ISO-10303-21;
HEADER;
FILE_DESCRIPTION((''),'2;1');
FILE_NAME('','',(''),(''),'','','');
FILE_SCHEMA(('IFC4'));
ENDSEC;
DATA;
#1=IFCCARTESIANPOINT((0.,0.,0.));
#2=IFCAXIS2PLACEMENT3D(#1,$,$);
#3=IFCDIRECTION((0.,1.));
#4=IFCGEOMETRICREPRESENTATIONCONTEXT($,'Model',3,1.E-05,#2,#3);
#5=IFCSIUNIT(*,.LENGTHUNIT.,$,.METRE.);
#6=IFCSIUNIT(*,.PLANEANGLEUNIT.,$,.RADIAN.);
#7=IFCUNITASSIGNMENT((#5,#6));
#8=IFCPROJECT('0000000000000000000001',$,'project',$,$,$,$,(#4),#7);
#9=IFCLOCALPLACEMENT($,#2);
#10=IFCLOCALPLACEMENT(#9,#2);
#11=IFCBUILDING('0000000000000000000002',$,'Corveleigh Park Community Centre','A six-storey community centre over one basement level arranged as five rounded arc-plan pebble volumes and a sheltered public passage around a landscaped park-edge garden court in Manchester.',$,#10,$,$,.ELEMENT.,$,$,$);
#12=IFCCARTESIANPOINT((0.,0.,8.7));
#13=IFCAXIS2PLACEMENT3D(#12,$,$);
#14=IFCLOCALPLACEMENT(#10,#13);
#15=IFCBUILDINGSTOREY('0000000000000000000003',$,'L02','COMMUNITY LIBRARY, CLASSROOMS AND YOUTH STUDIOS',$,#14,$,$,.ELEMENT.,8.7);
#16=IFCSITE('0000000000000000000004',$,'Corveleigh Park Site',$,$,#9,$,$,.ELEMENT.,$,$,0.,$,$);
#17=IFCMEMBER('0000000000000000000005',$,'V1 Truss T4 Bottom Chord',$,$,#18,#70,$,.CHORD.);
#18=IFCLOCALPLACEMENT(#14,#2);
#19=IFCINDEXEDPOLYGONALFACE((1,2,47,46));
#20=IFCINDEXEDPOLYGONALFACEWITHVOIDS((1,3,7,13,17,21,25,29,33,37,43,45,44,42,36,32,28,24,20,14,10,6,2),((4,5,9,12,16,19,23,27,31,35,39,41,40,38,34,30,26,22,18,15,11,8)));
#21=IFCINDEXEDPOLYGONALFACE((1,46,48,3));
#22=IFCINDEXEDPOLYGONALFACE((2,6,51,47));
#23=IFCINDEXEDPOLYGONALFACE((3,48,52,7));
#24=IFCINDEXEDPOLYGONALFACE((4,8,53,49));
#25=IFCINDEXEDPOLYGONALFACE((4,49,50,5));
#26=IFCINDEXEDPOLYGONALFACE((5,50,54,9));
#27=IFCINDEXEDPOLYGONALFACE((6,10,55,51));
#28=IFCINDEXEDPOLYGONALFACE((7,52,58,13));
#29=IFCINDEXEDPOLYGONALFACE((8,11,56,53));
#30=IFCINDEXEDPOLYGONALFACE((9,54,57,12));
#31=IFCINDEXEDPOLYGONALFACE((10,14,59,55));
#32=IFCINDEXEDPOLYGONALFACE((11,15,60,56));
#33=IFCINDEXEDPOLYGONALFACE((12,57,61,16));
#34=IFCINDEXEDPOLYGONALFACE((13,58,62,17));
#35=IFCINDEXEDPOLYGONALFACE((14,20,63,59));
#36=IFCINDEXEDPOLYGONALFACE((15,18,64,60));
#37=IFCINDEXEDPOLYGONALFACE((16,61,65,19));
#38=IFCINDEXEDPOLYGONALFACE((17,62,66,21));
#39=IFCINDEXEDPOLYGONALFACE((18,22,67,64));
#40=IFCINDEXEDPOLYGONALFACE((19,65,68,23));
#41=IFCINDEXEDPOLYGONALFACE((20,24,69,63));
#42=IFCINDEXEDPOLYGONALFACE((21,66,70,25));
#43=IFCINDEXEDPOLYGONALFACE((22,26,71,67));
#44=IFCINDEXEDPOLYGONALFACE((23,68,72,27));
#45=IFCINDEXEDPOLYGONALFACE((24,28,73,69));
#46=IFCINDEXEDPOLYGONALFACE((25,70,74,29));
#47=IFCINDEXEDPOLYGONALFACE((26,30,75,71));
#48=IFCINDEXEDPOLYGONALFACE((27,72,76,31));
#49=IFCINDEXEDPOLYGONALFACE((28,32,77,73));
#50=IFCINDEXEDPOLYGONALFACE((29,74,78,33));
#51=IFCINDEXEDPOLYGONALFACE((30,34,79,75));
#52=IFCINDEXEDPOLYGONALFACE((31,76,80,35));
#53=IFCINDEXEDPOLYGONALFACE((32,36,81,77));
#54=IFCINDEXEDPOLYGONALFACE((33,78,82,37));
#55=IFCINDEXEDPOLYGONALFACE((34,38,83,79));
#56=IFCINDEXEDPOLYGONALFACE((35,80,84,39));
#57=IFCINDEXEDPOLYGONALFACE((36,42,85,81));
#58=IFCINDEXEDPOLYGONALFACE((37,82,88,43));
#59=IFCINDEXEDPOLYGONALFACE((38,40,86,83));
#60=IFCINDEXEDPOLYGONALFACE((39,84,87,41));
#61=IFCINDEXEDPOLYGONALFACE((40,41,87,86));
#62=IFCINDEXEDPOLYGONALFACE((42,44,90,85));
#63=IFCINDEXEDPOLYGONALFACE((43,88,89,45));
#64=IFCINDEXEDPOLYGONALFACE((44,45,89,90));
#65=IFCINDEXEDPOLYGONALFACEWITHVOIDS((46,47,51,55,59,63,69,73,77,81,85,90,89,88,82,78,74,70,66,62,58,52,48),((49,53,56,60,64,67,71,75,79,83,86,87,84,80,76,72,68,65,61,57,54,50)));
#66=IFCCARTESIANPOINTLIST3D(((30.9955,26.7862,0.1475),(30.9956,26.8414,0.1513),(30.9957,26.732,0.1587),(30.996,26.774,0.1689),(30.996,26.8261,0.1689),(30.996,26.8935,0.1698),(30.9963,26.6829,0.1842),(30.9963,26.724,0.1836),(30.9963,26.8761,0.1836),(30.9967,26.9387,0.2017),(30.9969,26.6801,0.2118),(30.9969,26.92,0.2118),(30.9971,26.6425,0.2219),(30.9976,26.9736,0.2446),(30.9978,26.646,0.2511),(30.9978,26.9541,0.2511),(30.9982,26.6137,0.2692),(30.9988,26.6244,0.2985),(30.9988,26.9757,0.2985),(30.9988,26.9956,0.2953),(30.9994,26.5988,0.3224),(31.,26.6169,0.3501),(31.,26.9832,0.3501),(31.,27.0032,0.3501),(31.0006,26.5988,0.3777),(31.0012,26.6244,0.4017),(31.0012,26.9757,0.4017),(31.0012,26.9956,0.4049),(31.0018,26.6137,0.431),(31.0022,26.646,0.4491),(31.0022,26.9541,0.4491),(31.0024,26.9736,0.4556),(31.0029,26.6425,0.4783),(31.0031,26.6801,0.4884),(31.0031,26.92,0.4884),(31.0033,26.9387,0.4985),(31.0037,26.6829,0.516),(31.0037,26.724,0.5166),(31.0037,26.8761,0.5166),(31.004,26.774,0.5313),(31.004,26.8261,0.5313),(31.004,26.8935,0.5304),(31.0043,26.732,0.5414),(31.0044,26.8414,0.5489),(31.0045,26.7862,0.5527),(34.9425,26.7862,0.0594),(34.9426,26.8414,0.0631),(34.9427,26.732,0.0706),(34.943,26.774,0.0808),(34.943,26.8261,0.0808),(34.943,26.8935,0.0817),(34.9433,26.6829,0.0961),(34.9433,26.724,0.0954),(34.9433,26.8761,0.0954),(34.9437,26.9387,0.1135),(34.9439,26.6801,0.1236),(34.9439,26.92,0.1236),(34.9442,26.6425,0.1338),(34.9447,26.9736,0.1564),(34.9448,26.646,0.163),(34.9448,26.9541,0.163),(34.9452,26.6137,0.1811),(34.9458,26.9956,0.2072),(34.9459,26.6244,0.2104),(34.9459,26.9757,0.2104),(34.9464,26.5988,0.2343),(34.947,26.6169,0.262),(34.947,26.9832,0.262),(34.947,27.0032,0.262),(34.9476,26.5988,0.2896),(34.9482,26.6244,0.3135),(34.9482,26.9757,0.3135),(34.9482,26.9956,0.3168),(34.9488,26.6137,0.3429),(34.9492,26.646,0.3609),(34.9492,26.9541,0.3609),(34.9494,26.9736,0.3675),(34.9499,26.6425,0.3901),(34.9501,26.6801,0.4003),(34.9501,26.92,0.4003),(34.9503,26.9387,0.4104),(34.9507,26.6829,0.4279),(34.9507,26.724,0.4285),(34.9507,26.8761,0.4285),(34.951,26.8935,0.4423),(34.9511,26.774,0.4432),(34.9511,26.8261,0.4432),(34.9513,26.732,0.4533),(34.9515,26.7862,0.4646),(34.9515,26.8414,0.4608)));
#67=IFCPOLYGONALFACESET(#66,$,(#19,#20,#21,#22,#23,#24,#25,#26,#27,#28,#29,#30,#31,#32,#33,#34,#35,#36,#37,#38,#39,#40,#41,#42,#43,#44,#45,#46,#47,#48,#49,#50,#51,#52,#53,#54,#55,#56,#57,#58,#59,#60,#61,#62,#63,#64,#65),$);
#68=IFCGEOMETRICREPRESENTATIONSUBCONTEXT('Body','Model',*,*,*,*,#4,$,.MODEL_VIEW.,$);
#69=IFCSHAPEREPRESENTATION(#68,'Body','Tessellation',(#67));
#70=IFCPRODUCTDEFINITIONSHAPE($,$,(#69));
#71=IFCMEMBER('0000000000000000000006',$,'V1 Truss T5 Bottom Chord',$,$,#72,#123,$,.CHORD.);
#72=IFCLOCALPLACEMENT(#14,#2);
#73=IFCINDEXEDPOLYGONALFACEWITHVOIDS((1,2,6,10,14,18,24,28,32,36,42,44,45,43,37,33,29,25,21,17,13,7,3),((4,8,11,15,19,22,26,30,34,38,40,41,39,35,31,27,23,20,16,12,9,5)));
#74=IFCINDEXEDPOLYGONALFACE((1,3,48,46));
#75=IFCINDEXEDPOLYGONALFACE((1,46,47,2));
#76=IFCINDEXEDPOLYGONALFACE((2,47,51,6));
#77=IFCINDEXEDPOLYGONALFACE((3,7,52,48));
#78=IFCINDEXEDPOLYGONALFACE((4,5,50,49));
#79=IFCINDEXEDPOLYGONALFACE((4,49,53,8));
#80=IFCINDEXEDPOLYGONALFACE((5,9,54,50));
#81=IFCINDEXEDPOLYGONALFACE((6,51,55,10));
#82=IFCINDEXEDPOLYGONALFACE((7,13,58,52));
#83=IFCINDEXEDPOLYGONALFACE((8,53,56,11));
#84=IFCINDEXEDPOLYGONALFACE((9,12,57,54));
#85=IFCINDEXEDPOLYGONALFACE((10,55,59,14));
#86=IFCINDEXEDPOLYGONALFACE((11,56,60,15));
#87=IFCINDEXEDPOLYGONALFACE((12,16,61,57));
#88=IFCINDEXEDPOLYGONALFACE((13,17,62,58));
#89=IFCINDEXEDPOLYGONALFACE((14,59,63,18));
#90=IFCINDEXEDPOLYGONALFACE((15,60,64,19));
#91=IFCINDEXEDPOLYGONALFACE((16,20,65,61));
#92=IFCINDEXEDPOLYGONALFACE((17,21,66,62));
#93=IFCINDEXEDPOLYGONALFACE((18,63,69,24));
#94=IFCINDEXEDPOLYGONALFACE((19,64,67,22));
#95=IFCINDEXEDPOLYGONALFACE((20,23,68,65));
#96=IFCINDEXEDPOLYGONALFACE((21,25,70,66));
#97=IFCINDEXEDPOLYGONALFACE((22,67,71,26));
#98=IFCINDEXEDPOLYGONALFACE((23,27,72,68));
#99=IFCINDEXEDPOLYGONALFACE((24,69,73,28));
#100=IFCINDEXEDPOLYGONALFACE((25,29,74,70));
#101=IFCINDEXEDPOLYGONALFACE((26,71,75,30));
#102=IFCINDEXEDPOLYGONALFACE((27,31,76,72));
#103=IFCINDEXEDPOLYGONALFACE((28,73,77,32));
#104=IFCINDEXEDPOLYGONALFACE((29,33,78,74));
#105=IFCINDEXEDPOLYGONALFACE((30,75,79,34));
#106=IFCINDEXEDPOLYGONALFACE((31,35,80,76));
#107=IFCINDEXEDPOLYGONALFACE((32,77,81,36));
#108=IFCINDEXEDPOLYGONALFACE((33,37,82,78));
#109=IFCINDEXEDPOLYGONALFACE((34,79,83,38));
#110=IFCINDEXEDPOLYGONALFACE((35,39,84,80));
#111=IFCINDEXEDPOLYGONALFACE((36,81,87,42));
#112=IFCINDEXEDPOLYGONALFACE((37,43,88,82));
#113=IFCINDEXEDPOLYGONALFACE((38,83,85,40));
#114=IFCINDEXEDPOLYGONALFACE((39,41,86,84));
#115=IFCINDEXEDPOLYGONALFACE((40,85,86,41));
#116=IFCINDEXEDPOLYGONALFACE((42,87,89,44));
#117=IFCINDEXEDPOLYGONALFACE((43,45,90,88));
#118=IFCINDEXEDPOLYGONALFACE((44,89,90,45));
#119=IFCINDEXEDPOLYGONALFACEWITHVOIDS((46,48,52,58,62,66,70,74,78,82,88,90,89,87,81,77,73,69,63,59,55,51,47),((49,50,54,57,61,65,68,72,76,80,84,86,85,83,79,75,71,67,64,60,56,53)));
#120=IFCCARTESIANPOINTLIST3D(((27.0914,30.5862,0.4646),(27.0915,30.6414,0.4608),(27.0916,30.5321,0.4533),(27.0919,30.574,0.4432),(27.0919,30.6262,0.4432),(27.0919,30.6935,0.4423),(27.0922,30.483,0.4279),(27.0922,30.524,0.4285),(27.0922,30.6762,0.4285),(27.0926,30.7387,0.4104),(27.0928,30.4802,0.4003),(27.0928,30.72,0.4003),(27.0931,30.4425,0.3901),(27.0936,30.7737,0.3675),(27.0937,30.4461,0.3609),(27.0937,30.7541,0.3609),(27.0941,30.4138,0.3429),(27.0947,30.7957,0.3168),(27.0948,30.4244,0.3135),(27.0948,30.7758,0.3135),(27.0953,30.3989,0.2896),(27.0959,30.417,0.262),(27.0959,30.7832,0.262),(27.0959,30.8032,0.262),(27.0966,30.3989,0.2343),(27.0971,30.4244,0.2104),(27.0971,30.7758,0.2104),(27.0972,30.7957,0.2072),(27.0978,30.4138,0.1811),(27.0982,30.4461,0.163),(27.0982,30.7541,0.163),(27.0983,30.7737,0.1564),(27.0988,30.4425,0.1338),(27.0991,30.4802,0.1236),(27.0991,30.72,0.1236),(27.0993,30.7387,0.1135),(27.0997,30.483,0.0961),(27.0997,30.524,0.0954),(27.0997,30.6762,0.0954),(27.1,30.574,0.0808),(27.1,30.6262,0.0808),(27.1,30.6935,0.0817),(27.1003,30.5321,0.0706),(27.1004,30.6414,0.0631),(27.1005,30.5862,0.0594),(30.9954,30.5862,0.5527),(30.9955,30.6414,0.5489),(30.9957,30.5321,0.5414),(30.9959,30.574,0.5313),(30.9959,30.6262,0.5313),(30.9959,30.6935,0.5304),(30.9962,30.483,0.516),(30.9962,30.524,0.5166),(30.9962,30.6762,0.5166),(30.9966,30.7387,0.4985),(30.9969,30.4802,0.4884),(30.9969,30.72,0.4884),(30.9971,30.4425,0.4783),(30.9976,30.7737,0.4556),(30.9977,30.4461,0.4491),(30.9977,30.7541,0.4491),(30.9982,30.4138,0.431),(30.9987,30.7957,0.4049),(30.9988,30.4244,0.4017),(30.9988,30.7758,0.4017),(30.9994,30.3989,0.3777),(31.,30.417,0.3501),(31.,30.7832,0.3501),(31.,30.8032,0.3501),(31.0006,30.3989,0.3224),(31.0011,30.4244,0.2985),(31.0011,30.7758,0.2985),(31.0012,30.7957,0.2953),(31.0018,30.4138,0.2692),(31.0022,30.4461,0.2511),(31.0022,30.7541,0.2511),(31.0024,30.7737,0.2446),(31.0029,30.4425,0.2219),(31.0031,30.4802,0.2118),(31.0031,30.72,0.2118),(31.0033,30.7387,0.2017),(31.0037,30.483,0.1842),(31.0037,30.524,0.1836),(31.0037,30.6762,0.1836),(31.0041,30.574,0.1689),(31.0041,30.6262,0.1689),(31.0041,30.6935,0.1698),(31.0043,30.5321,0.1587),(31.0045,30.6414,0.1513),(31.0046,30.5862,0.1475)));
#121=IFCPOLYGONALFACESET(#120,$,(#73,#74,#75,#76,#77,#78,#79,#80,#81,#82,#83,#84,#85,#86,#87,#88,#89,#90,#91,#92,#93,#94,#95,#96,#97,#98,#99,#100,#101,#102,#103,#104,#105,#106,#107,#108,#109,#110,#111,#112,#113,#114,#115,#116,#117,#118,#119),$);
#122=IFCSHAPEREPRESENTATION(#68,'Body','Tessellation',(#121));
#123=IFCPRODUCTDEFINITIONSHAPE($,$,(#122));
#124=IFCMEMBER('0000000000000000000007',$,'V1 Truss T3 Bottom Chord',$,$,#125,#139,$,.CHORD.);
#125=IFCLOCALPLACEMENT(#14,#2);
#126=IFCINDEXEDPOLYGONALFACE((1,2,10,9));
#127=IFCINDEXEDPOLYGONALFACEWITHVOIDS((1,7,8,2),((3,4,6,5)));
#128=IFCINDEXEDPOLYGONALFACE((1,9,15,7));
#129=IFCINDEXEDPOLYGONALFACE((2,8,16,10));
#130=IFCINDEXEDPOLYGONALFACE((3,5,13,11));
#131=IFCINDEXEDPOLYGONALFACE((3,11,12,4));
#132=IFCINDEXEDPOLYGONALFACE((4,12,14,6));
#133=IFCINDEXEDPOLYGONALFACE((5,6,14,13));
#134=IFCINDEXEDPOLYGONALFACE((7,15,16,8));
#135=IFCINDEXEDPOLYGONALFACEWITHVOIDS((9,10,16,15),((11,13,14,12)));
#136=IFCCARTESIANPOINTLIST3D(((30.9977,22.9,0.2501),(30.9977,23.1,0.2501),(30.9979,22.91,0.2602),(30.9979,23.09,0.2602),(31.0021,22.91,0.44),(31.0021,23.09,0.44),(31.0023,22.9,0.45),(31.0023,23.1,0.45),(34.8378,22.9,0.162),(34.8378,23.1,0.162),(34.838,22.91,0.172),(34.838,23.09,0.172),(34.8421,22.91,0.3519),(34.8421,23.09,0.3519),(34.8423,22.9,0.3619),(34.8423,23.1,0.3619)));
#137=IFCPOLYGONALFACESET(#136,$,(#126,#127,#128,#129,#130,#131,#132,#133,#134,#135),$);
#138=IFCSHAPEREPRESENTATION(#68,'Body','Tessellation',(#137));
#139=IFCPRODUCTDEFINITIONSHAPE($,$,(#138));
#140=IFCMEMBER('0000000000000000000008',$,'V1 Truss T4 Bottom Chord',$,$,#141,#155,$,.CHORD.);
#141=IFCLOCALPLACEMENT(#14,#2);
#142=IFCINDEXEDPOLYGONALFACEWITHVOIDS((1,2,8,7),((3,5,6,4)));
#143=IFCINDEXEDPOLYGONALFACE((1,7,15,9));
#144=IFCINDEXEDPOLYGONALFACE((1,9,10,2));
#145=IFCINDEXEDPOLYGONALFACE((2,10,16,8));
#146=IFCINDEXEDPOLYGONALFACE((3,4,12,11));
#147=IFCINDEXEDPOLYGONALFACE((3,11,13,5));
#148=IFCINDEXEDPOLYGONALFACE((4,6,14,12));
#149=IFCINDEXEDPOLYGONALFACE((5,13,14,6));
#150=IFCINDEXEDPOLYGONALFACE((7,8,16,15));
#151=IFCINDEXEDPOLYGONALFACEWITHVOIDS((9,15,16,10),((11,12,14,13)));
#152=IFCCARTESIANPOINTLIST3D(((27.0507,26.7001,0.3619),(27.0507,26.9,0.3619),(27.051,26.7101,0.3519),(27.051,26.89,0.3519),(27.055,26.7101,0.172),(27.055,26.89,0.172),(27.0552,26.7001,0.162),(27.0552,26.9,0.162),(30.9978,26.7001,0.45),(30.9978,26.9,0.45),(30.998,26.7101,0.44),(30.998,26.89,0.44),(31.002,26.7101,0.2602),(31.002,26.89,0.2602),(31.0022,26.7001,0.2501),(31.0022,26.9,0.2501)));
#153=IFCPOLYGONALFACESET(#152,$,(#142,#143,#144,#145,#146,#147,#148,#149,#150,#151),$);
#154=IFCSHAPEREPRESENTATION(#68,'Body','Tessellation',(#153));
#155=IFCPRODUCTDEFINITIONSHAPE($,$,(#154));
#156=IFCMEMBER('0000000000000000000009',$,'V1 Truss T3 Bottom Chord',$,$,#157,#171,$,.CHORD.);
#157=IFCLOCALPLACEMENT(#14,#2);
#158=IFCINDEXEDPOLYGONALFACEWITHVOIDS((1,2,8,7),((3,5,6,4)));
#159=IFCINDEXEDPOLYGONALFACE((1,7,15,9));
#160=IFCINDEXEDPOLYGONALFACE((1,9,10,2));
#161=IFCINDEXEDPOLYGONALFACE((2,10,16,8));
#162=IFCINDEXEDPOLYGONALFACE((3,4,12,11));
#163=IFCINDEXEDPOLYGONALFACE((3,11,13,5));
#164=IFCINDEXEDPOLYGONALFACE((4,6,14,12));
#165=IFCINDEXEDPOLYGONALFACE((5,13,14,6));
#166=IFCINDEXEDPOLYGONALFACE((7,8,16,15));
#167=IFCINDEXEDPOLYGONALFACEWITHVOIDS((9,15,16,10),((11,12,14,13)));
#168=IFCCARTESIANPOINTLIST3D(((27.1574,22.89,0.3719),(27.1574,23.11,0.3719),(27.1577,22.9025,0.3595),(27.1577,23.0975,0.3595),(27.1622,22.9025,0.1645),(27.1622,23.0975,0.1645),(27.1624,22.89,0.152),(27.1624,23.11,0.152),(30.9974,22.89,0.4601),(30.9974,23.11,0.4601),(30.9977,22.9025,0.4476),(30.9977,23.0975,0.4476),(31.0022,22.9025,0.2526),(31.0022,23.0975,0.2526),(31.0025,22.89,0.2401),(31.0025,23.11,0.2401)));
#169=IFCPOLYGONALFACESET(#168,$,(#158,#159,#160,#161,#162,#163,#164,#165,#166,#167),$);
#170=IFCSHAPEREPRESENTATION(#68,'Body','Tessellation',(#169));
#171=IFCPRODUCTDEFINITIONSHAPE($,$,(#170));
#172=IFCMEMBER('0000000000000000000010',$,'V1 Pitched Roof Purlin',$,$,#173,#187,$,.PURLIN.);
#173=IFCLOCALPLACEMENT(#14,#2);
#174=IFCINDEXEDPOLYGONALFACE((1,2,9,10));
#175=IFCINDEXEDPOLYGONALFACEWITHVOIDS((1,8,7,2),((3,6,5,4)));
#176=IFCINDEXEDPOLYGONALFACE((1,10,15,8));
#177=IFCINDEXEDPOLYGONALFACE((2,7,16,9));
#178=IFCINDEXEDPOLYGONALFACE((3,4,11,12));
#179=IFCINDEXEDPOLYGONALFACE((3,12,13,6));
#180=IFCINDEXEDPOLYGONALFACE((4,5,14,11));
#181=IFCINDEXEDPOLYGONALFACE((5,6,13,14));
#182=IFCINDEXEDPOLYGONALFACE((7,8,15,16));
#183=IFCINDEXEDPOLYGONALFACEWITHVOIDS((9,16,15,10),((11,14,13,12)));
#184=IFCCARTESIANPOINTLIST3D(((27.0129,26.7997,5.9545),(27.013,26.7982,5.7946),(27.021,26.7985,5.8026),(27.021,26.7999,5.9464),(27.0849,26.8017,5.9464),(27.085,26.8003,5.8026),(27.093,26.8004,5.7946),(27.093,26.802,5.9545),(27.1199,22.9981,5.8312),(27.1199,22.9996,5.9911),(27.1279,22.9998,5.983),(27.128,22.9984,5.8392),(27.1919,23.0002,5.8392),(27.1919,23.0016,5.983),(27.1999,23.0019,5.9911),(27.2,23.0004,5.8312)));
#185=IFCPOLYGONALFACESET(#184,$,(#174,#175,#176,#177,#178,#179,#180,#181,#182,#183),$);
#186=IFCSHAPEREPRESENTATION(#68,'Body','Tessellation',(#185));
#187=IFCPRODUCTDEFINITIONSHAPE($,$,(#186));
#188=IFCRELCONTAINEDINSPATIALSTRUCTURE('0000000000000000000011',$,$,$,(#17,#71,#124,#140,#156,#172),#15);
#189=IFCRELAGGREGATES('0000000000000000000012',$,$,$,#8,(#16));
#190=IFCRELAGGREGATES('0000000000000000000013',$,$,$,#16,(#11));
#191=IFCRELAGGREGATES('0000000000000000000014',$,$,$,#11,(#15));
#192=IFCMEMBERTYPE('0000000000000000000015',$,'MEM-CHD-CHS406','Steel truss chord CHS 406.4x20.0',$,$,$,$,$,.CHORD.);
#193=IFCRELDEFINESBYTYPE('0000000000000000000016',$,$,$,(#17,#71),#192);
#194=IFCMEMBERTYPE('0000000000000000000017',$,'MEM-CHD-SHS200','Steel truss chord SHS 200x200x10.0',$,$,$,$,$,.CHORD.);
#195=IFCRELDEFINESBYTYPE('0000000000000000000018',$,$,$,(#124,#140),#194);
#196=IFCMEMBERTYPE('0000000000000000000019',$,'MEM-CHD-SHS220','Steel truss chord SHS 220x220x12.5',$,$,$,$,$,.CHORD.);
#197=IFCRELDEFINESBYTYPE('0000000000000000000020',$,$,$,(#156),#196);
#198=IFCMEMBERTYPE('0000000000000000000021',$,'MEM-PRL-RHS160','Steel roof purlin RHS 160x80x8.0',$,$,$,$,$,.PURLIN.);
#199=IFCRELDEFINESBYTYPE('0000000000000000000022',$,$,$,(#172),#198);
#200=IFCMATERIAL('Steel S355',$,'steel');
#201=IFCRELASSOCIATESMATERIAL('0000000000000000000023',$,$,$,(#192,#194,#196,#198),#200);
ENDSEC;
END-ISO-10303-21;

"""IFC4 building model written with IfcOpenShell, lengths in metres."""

from ifc_helpers import new_model, si_unit, direction, frame, origin, origin_2d, place, context, subcontext, project, spatial, hollow_rectangle, hollow_circle, extrude, material, material_profile, profile_set, type_object, element, save


model = new_model("IFC4")

# Units and contexts
model_context = context("Model", 3, precision=1e-05, world=origin(), true_north=direction((0.0, 1.0)))
body_context = subcontext(model_context, "Body", "Model", "MODEL_VIEW")
ifc_project = project(units=[si_unit("LENGTHUNIT", "METRE"), si_unit("PLANEANGLEUNIT", "RADIAN")], contexts=[model_context])

# Site, building, storey
site_placement = place(None, origin())
site = spatial("IfcSite", under=ifc_project, at=site_placement, Name="Corveleigh Park Site", CompositionType="ELEMENT", RefElevation=0.0)
building_placement = place(site_placement, origin())
building = spatial("IfcBuilding", under=site, at=building_placement, Name="Corveleigh Park Community Centre", Description="A six-storey community centre over one basement level arranged as five rounded arc-plan pebble volumes and a sheltered public passage around a landscaped park-edge garden court in Manchester.", CompositionType="ELEMENT")
storey_placement = place(building_placement, frame((0.0, 0.0, 8.7)))
storey = spatial("IfcBuildingStorey", under=building, at=storey_placement, Name="L02", Description="COMMUNITY LIBRARY, CLASSROOMS AND YOUTH STUDIOS", CompositionType="ELEMENT", Elevation=8.7)

# Shared definitions
ifc_material_1 = material(Name="Steel S355", Category="steel")

# Members
ifc_material_profile_1 = material_profile(ifc_material_1, hollow_circle(Radius=0.2031, WallThickness=0.02, at=origin_2d()), Name="CHS 406.4x20.0", Category="steel")
ifc_profile_set_1 = profile_set([ifc_material_profile_1], Name="Steel S355")
member_type_1 = type_object("IfcMemberType", Name="MEM-CHD-CHS406", Description="Steel truss chord CHS 406.4x20.0", PredefinedType="CHORD", material=ifc_profile_set_1)
member_1_placement = place(storey_placement, frame((31.0, 26.8, 0.3501), z_axis=(0.999751, 0.0, -0.022324), x_axis=(0.0, 1.0, 0.0)))
element("IfcMember", 1, at=member_1_placement, inside=storey, type_object=member_type_1, Name="V1 Truss T4 Bottom Chord", PredefinedType="CHORD", context=body_context, shape_type="SweptSolid", body=[
    extrude(hollow_circle(Radius=0.2031, WallThickness=0.02, at=origin_2d()), origin(), (0.0, 0.0, 1.0), 3.948),
])
member_2_placement = place(storey_placement, frame((27.0959, 30.6001, 0.262), z_axis=(0.999745, 0.0, 0.022569), x_axis=(0.0, 1.0, 0.0)))
element("IfcMember", 2, at=member_2_placement, inside=storey, type_object=member_type_1, Name="V1 Truss T5 Bottom Chord", PredefinedType="CHORD", context=body_context, shape_type="SweptSolid", body=[
    extrude(hollow_circle(Radius=0.2031, WallThickness=0.02, at=origin_2d()), origin(), (0.0, 0.0, 1.0), 3.905),
])
ifc_material_profile_2 = material_profile(ifc_material_1, hollow_rectangle(XDim=0.2, YDim=0.2, WallThickness=0.01, at=origin_2d()), Name="SHS 200x200x10.0", Category="steel")
ifc_profile_set_2 = profile_set([ifc_material_profile_2], Name="Steel S355")
member_type_2 = type_object("IfcMemberType", Name="MEM-CHD-SHS200", Description="Steel truss chord SHS 200x200x10.0", PredefinedType="CHORD", material=ifc_profile_set_2)
member_3_placement = place(storey_placement, frame((31.0, 23.0, 0.3501), z_axis=(0.999737, 0.0, -0.022945), x_axis=(0.0, 1.0, 0.0)))
element("IfcMember", 3, at=member_3_placement, inside=storey, type_object=member_type_2, Name="V1 Truss T3 Bottom Chord", PredefinedType="CHORD", context=body_context, shape_type="SweptSolid", body=[
    extrude(hollow_rectangle(XDim=0.2, YDim=0.2, WallThickness=0.01, at=origin_2d()), origin(), (0.0, 0.0, 1.0), 3.8411),
])
member_4_placement = place(storey_placement, frame((27.053, 26.8, 0.262), z_axis=(0.999751, 0.0, 0.022324), x_axis=(0.0, 1.0, 0.0)))
element("IfcMember", 4, at=member_4_placement, inside=storey, type_object=member_type_2, Name="V1 Truss T4 Bottom Chord", PredefinedType="CHORD", context=body_context, shape_type="SweptSolid", body=[
    extrude(hollow_rectangle(XDim=0.2, YDim=0.2, WallThickness=0.01, at=origin_2d()), origin(), (0.0, 0.0, 1.0), 3.948),
])
ifc_material_profile_3 = material_profile(ifc_material_1, hollow_rectangle(XDim=0.22, YDim=0.22, WallThickness=0.0125, at=origin_2d()), Name="SHS 220x220x12.5", Category="steel")
ifc_profile_set_3 = profile_set([ifc_material_profile_3], Name="Steel S355")
member_type_3 = type_object("IfcMemberType", Name="MEM-CHD-SHS220", Description="Steel truss chord SHS 220x220x12.5", PredefinedType="CHORD", material=ifc_profile_set_3)
member_5_placement = place(storey_placement, frame((27.1599, 23.0, 0.262), z_axis=(0.999737, 0.0, 0.022945), x_axis=(0.0, 1.0, 0.0)))
element("IfcMember", 5, at=member_5_placement, inside=storey, type_object=member_type_3, Name="V1 Truss T3 Bottom Chord", PredefinedType="CHORD", context=body_context, shape_type="SweptSolid", body=[
    extrude(hollow_rectangle(XDim=0.22, YDim=0.22, WallThickness=0.0125, at=origin_2d()), origin(), (0.0, 0.0, 1.0), 3.8411),
])
ifc_material_profile_4 = material_profile(ifc_material_1, hollow_rectangle(XDim=0.0801, YDim=0.1599, WallThickness=0.0081, at=origin_2d()), Name="RHS 160x80x8.0", Category="steel")
ifc_profile_set_4 = profile_set([ifc_material_profile_4], Name="Steel S355")
member_type_4 = type_object("IfcMemberType", Name="MEM-PRL-RHS160", Description="Steel roof purlin RHS 160x80x8.0", PredefinedType="PURLIN", material=ifc_profile_set_4)
member_6_placement = place(storey_placement, frame((27.1599, 23.0, 5.9111), z_axis=(-0.028128, 0.999558, -0.009633), x_axis=(-0.999604, -0.028129, 0.0)))
element("IfcMember", 6, at=member_6_placement, inside=storey, type_object=member_type_4, Name="V1 Pitched Roof Purlin", PredefinedType="PURLIN", context=body_context, shape_type="SweptSolid", body=[
    extrude(hollow_rectangle(XDim=0.0801, YDim=0.1599, WallThickness=0.0081, at=origin_2d()), origin(), (0.0, 0.0, 1.0), 3.8018),
])

save(model, "model.ifc")
